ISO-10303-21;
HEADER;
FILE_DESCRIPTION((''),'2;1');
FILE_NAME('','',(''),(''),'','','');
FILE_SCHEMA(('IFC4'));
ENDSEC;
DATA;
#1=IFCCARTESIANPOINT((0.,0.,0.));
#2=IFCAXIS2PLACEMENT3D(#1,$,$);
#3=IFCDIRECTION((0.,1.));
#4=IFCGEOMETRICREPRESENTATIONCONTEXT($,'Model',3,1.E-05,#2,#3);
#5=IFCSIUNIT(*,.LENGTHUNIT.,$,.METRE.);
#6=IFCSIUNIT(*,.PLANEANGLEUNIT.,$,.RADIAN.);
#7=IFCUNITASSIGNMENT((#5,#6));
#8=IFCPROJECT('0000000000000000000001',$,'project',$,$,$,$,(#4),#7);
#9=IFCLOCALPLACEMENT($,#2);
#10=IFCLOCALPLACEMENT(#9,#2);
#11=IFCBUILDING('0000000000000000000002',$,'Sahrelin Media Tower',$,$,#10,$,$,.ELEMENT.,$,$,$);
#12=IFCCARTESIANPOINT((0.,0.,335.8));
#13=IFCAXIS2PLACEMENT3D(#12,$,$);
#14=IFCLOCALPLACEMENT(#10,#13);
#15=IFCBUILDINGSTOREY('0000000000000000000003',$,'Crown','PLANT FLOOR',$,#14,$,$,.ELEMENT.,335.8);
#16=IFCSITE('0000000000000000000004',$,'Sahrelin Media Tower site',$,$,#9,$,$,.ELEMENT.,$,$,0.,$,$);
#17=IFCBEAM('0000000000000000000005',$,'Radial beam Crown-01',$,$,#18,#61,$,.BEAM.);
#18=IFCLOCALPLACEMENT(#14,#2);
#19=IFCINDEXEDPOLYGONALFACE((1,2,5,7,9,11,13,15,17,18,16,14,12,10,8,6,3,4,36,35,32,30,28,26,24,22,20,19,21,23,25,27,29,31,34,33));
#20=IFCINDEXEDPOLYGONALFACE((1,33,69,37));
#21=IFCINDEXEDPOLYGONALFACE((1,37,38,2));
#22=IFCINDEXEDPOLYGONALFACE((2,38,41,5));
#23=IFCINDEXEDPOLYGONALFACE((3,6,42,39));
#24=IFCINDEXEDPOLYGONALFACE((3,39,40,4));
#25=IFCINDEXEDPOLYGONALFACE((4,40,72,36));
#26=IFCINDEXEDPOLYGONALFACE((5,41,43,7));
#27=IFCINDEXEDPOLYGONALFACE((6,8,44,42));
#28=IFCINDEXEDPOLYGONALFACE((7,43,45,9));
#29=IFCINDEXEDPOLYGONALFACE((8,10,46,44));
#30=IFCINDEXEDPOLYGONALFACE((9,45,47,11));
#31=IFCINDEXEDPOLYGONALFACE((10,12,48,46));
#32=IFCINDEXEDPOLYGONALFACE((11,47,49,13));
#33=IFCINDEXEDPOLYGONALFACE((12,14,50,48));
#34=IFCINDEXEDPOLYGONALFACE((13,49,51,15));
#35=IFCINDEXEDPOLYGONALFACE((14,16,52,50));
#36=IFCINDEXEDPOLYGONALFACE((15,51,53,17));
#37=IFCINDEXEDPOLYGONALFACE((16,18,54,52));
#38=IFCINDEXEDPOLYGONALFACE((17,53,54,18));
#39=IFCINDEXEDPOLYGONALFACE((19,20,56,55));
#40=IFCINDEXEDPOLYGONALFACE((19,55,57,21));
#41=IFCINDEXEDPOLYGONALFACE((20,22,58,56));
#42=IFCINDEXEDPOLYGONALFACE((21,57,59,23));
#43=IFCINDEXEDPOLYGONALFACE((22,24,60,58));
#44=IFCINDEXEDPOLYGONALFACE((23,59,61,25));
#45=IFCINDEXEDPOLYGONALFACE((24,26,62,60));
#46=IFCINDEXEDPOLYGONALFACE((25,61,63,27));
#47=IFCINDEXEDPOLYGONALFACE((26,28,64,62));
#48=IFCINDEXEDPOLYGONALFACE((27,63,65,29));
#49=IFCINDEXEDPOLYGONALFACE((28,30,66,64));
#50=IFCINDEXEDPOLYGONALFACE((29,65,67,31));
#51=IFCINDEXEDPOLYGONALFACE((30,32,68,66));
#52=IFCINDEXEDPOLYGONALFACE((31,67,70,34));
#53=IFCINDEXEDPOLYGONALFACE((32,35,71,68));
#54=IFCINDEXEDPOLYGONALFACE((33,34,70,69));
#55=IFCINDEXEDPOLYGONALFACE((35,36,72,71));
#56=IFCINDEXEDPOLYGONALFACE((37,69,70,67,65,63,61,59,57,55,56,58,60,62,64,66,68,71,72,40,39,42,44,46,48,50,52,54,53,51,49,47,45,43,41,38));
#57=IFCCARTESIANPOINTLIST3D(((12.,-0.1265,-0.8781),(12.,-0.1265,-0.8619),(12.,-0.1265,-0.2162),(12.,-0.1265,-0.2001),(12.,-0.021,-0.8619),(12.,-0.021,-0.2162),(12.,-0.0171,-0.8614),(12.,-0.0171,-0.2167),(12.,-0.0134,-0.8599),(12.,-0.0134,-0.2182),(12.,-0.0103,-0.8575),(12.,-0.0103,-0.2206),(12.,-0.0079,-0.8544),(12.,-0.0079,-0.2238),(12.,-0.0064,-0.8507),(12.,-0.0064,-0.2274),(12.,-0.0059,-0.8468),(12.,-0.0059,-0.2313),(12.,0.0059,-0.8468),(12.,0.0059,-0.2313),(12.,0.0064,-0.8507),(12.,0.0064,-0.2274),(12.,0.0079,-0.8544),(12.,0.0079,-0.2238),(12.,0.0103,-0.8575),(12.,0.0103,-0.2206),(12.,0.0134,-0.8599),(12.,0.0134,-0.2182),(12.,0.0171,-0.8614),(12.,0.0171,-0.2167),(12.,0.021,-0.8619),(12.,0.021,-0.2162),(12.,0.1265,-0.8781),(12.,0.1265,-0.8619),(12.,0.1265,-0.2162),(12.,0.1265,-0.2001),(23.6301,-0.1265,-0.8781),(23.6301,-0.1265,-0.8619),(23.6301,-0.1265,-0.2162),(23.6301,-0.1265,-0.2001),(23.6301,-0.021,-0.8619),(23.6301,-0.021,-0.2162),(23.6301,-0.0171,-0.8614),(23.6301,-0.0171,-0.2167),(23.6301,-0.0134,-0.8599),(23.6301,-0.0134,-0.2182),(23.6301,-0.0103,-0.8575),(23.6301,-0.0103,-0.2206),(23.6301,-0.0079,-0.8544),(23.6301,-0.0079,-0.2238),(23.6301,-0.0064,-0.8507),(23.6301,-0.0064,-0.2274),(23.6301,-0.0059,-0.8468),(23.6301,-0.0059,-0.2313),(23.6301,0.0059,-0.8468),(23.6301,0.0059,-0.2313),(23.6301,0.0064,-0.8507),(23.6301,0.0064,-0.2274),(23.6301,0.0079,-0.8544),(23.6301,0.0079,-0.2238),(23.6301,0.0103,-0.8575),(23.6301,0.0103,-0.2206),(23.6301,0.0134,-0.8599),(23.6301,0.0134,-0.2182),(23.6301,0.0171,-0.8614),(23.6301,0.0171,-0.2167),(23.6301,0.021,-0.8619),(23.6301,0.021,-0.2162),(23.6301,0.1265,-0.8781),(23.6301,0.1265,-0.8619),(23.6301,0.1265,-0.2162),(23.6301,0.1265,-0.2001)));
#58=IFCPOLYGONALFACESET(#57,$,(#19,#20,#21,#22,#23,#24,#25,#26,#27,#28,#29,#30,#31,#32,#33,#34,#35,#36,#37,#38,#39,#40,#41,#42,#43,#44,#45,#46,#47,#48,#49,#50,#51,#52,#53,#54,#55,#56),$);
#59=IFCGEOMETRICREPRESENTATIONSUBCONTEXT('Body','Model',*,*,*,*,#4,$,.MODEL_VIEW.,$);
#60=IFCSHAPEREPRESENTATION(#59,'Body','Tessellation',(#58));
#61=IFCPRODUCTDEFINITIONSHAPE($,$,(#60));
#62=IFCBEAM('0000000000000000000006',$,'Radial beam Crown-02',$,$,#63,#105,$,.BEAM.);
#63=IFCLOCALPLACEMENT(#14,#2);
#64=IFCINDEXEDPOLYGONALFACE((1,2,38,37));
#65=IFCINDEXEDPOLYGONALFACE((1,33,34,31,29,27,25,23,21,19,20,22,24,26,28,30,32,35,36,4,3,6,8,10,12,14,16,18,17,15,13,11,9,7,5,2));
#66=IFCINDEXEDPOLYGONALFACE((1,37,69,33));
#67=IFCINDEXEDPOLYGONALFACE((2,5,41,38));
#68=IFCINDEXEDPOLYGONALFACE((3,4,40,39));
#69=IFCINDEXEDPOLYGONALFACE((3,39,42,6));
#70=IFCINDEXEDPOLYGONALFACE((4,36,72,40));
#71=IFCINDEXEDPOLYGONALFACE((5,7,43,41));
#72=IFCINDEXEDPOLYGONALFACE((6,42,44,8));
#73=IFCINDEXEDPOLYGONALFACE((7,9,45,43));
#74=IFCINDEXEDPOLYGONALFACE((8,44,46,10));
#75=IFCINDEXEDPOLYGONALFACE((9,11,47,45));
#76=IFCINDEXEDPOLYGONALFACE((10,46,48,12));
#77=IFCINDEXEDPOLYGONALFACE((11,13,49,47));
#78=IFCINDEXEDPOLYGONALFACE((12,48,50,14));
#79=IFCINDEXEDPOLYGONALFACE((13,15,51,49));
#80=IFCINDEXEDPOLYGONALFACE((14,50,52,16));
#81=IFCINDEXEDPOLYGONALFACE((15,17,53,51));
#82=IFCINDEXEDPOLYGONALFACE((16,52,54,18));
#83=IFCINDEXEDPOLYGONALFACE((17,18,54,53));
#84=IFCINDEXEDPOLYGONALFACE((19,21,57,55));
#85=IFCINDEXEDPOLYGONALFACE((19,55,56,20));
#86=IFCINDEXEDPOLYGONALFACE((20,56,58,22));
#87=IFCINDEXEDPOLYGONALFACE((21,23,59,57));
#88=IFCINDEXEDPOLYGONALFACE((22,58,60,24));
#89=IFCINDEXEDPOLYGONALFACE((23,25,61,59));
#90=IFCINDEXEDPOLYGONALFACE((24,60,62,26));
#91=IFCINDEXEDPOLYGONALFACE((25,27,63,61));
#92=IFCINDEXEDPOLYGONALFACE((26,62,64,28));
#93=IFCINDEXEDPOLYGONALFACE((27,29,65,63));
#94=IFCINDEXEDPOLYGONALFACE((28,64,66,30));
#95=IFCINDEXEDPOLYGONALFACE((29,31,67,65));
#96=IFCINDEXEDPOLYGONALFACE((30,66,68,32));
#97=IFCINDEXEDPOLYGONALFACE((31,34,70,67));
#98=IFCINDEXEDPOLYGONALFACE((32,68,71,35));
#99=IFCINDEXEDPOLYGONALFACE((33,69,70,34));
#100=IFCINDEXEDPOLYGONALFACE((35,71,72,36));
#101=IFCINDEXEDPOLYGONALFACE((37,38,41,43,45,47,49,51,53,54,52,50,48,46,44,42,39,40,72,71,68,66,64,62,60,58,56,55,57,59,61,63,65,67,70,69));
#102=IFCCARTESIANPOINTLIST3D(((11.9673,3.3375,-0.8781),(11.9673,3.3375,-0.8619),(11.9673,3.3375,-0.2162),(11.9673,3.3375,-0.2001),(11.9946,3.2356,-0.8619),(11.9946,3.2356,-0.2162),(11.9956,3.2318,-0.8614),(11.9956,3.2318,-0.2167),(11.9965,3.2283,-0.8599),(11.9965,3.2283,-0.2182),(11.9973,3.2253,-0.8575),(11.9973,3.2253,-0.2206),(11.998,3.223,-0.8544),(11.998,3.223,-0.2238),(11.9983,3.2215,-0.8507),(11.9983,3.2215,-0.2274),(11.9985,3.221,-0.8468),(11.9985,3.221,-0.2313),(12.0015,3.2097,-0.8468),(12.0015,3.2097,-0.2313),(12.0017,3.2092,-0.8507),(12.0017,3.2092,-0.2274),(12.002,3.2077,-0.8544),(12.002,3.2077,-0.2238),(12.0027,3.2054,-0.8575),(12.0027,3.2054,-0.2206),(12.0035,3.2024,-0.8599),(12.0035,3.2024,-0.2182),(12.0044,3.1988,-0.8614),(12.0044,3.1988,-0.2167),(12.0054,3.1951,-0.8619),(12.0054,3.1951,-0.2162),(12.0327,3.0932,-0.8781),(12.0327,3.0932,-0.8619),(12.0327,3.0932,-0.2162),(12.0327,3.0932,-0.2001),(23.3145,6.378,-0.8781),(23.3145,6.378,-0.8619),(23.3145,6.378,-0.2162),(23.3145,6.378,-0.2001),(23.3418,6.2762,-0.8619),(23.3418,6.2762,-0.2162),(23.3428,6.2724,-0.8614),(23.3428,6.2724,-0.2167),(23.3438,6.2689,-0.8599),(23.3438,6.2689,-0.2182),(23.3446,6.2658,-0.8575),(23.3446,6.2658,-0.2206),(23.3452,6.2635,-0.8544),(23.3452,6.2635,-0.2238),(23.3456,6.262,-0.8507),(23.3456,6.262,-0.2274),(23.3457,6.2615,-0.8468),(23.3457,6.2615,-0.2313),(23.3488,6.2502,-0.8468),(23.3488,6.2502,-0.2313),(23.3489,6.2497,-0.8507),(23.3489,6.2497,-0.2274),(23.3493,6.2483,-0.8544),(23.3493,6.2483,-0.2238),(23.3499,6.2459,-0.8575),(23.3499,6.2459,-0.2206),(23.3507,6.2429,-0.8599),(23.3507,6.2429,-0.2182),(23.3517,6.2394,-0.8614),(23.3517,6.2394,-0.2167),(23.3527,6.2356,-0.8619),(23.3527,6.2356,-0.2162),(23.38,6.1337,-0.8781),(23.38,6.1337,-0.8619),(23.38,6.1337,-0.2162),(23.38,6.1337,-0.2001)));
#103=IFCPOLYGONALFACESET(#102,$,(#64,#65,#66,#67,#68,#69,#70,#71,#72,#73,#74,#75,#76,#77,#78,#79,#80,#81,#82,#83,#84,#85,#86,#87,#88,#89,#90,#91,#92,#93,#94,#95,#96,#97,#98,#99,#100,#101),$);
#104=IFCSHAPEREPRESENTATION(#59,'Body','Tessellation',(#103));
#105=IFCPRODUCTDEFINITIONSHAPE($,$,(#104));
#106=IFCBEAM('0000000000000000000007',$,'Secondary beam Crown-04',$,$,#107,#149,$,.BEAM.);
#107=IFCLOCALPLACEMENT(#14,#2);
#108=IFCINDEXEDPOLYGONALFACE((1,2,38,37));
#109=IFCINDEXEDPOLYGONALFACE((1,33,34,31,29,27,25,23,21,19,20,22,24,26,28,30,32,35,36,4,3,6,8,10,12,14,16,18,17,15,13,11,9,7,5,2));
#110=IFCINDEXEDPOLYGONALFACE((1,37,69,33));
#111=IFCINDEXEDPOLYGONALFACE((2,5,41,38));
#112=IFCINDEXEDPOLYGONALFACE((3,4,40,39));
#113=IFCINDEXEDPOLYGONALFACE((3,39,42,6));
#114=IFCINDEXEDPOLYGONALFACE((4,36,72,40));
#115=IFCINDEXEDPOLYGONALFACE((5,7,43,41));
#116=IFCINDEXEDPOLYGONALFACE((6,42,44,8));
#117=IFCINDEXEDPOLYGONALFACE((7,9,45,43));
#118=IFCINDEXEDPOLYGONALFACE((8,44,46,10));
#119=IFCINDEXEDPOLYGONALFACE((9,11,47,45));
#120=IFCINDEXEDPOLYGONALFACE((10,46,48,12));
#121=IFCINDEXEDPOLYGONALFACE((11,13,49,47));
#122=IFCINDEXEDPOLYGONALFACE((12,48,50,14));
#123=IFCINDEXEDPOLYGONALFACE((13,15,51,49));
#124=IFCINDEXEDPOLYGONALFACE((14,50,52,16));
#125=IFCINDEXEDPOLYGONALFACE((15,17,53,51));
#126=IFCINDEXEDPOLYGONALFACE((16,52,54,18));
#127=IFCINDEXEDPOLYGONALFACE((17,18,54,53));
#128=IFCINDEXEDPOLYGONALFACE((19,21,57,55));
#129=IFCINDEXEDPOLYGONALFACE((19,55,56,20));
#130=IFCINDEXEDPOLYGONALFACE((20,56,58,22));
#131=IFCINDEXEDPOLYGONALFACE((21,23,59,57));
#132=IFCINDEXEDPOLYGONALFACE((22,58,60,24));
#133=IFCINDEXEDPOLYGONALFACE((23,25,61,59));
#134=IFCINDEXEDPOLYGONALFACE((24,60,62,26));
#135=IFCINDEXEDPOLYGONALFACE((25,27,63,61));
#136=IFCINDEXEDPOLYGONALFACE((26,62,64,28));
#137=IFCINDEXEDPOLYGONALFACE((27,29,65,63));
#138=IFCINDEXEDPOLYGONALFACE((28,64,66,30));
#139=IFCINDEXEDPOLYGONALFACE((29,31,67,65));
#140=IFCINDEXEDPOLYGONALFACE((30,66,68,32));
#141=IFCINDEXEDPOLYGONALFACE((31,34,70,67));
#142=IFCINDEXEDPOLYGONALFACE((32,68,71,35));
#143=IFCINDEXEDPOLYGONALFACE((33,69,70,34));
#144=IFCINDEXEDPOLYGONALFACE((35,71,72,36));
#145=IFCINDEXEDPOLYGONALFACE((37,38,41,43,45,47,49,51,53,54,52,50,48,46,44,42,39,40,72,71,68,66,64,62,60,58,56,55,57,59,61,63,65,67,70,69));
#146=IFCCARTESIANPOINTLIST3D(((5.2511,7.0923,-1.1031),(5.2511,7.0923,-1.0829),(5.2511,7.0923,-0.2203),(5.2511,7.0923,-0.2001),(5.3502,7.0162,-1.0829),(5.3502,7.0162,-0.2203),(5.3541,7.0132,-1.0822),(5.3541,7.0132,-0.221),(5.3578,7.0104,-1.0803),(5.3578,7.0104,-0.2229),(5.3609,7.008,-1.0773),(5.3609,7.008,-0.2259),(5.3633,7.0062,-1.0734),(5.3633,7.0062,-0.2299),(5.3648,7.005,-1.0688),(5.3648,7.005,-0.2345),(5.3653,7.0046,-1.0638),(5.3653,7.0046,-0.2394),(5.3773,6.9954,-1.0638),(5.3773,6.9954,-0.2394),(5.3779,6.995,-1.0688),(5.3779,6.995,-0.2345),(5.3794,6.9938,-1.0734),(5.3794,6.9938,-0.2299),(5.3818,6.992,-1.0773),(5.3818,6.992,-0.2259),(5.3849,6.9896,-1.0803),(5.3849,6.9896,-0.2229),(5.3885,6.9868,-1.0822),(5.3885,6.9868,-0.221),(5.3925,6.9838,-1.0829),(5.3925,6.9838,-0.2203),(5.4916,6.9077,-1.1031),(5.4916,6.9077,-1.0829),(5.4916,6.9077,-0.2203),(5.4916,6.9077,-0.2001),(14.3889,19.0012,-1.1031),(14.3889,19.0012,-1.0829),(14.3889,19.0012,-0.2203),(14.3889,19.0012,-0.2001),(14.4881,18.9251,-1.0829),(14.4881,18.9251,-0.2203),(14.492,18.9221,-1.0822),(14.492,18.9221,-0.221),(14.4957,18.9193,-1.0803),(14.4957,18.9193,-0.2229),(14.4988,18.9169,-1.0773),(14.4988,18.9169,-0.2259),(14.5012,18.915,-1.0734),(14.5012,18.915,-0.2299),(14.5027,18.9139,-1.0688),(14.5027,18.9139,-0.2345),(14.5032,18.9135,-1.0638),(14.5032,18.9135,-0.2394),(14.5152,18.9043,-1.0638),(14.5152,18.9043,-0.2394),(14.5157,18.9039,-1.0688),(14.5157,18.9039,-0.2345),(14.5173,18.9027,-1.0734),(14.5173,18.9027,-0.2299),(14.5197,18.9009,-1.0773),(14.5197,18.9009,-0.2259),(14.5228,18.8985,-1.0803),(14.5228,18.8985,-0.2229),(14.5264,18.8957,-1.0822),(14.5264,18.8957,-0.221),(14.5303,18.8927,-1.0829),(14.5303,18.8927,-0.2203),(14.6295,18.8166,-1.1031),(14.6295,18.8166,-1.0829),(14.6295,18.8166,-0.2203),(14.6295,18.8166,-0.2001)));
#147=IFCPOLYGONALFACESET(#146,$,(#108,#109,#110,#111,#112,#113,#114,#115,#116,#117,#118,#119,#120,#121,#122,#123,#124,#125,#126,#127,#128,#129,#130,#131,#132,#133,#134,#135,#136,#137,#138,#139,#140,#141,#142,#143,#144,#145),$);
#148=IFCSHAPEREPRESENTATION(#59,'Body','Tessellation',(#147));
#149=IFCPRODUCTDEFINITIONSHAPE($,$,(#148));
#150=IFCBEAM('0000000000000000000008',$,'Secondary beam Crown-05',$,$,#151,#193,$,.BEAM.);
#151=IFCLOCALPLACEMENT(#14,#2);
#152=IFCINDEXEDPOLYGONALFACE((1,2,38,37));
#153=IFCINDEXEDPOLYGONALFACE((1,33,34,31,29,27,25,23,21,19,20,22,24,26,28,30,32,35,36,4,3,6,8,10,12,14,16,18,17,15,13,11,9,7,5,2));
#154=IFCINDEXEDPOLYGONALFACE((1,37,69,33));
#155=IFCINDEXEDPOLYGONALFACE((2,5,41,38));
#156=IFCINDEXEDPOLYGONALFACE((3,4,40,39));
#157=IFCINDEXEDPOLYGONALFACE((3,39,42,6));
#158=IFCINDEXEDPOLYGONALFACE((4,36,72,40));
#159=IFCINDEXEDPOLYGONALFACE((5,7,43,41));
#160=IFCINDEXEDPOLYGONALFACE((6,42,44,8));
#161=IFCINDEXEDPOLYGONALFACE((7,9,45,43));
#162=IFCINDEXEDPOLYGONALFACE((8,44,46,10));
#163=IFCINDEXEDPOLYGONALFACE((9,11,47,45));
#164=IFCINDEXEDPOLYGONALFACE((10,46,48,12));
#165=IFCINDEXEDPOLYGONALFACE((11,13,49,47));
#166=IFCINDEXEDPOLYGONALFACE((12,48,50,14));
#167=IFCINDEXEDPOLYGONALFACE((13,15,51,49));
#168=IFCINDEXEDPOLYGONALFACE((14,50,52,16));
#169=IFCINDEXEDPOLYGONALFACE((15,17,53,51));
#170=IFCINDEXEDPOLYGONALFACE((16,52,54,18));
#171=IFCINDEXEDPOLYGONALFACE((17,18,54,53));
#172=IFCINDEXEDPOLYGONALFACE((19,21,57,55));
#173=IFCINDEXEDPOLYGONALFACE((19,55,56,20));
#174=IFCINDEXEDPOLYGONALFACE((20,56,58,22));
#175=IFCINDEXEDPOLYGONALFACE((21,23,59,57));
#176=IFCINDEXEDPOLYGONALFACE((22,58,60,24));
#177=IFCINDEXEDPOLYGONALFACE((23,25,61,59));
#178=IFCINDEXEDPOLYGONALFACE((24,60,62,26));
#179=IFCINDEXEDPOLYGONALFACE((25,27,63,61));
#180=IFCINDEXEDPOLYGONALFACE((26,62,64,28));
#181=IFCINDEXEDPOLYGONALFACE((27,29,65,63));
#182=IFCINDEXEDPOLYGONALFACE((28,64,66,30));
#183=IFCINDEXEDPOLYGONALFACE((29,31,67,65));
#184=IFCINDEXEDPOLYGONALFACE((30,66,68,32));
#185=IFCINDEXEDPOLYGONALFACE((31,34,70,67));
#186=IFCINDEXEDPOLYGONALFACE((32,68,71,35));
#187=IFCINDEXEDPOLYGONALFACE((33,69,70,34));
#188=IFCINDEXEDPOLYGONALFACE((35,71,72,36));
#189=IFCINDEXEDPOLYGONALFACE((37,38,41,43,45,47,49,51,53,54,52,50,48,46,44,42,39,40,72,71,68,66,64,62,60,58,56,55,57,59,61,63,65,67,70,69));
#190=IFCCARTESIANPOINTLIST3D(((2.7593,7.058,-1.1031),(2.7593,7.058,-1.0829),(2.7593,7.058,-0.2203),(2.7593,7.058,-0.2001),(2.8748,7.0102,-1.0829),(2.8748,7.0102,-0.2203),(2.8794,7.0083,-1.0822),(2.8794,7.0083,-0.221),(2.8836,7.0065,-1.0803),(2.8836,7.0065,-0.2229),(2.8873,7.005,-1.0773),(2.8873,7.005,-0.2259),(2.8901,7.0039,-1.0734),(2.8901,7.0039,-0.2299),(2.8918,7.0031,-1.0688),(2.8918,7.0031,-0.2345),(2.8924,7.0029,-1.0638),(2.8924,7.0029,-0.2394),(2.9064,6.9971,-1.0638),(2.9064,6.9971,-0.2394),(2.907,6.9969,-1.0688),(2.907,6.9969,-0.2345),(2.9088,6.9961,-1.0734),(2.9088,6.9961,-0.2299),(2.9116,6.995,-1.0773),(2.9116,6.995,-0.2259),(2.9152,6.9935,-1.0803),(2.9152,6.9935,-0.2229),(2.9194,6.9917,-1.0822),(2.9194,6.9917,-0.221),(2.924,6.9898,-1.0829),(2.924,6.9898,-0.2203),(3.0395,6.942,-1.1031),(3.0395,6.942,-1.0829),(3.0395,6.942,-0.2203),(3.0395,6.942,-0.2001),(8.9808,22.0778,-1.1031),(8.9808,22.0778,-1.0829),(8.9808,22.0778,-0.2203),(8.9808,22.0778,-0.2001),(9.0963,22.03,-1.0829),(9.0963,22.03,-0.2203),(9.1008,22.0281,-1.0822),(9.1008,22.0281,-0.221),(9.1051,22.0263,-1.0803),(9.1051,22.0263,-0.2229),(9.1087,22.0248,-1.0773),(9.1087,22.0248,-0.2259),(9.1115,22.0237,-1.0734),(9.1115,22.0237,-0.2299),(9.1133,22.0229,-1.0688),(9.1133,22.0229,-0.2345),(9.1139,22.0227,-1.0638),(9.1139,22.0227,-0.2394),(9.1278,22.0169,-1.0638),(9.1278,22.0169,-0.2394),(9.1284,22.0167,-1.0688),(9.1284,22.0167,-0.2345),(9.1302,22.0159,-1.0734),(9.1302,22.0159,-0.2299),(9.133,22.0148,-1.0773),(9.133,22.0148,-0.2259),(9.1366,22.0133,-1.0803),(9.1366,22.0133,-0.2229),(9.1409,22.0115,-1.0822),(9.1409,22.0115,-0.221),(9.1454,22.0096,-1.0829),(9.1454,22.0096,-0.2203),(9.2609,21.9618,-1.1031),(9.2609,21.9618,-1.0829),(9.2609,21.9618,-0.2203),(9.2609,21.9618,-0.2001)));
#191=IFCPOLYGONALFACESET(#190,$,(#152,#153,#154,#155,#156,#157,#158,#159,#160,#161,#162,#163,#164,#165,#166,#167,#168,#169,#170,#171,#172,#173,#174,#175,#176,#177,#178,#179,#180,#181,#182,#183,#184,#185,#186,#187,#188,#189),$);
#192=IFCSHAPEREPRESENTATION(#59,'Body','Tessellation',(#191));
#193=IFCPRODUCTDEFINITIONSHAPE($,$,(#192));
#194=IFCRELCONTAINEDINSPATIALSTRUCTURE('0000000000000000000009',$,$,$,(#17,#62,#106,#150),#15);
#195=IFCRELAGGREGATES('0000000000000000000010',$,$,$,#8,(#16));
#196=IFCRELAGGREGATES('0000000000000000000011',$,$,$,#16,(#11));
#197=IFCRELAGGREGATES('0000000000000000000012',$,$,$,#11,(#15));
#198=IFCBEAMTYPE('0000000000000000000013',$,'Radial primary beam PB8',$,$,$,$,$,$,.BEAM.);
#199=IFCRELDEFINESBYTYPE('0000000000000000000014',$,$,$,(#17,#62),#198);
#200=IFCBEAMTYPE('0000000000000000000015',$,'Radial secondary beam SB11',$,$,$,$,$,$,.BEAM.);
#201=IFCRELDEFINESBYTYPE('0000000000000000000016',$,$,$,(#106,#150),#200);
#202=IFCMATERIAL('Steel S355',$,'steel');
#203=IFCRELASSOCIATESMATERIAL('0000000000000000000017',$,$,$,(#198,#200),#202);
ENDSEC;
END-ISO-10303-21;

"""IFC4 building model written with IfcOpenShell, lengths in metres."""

from ifc_helpers import new_model, si_unit, direction, frame, origin, origin_2d, place, context, subcontext, project, spatial, i_section, extrude, material, material_profile, profile_set, type_object, element, save


model = new_model("IFC4")

# Units and contexts
model_context = context("Model", 3, precision=1e-05, world=origin(), true_north=direction((0.0, 1.0)))
body_context = subcontext(model_context, "Body", "Model", "MODEL_VIEW")
ifc_project = project(units=[si_unit("LENGTHUNIT", "METRE"), si_unit("PLANEANGLEUNIT", "RADIAN")], contexts=[model_context])

# Site, building, storey
site_placement = place(None, origin())
site = spatial("IfcSite", under=ifc_project, at=site_placement, Name="Sahrelin Media Tower site", CompositionType="ELEMENT", RefElevation=0.0)
building_placement = place(site_placement, origin())
building = spatial("IfcBuilding", under=site, at=building_placement, Name="Sahrelin Media Tower", CompositionType="ELEMENT")
storey_placement = place(building_placement, frame((0.0, 0.0, 335.8)))
storey = spatial("IfcBuildingStorey", under=building, at=storey_placement, Name="Crown", Description="PLANT FLOOR", CompositionType="ELEMENT", Elevation=335.8)

# Beams
ifc_material_1 = material(Name="Steel S355", Category="steel")
ifc_material_profile_1 = material_profile(ifc_material_1, i_section(OverallWidth=0.2529, OverallDepth=0.678, WebThickness=0.0117, FlangeThickness=0.0161, FilletRadius=0.0151, at=origin_2d()), Name="UB 686x254x125")
ifc_profile_set_1 = profile_set([ifc_material_profile_1], Name="Steel S355")
beam_type_1 = type_object("IfcBeamType", Name="Radial primary beam PB8", PredefinedType="BEAM", material=ifc_profile_set_1)
beam_1_placement = place(storey_placement, frame((12.0, 0.0, -0.5391), z_axis=(1.0, 0.0, 0.0), x_axis=(0.0, 1.0, 0.0)))
element("IfcBeam", 1, at=beam_1_placement, inside=storey, type_object=beam_type_1, Name="Radial beam Crown-01", PredefinedType="BEAM", context=body_context, shape_type="SweptSolid", body=[
    extrude(i_section(OverallWidth=0.2529, OverallDepth=0.678, WebThickness=0.0117, FlangeThickness=0.0161, FilletRadius=0.0151, at=origin_2d()), origin(), (0.0, 0.0, 1.0), 11.6301),
])
beam_2_placement = place(storey_placement, frame((12.0, 3.2153, -0.5391), z_axis=(0.965924, 0.258824, 0.0), x_axis=(-0.258824, 0.965924, 0.0)))
element("IfcBeam", 2, at=beam_2_placement, inside=storey, type_object=beam_type_1, Name="Radial beam Crown-02", PredefinedType="BEAM", context=body_context, shape_type="SweptSolid", body=[
    extrude(i_section(OverallWidth=0.2529, OverallDepth=0.678, WebThickness=0.0117, FlangeThickness=0.0161, FilletRadius=0.0151, at=origin_2d()), origin(), (0.0, 0.0, 1.0), 11.7476),
])
ifc_material_profile_2 = material_profile(ifc_material_1, i_section(OverallWidth=0.3032, OverallDepth=0.9031, WebThickness=0.0151, FlangeThickness=0.0203, FilletRadius=0.019, at=origin_2d()), Name="UB 914x305x201")
ifc_profile_set_2 = profile_set([ifc_material_profile_2], Name="Steel S355")
beam_type_2 = type_object("IfcBeamType", Name="Radial secondary beam SB11", PredefinedType="BEAM", material=ifc_profile_set_2)
beam_3_placement = place(storey_placement, frame((5.3713, 7.0, -0.6516), z_axis=(0.608757, 0.793357, 0.0), x_axis=(-0.793357, 0.608757, 0.0)))
element("IfcBeam", 3, at=beam_3_placement, inside=storey, type_object=beam_type_2, Name="Secondary beam Crown-04", PredefinedType="BEAM", context=body_context, shape_type="SweptSolid", body=[
    extrude(i_section(OverallWidth=0.3032, OverallDepth=0.9031, WebThickness=0.0151, FlangeThickness=0.0203, FilletRadius=0.019, at=origin_2d()), origin(), (0.0, 0.0, 1.0), 15.0107),
])
beam_4_placement = place(storey_placement, frame((2.8994, 7.0, -0.6516), z_axis=(0.382686, 0.923879, 0.0), x_axis=(-0.923879, 0.382686, 0.0)))
element("IfcBeam", 4, at=beam_4_placement, inside=storey, type_object=beam_type_2, Name="Secondary beam Crown-05", PredefinedType="BEAM", context=body_context, shape_type="SweptSolid", body=[
    extrude(i_section(OverallWidth=0.3032, OverallDepth=0.9031, WebThickness=0.0151, FlangeThickness=0.0203, FilletRadius=0.019, at=origin_2d()), origin(), (0.0, 0.0, 1.0), 16.2573),
])

save(model, "model.ifc")
